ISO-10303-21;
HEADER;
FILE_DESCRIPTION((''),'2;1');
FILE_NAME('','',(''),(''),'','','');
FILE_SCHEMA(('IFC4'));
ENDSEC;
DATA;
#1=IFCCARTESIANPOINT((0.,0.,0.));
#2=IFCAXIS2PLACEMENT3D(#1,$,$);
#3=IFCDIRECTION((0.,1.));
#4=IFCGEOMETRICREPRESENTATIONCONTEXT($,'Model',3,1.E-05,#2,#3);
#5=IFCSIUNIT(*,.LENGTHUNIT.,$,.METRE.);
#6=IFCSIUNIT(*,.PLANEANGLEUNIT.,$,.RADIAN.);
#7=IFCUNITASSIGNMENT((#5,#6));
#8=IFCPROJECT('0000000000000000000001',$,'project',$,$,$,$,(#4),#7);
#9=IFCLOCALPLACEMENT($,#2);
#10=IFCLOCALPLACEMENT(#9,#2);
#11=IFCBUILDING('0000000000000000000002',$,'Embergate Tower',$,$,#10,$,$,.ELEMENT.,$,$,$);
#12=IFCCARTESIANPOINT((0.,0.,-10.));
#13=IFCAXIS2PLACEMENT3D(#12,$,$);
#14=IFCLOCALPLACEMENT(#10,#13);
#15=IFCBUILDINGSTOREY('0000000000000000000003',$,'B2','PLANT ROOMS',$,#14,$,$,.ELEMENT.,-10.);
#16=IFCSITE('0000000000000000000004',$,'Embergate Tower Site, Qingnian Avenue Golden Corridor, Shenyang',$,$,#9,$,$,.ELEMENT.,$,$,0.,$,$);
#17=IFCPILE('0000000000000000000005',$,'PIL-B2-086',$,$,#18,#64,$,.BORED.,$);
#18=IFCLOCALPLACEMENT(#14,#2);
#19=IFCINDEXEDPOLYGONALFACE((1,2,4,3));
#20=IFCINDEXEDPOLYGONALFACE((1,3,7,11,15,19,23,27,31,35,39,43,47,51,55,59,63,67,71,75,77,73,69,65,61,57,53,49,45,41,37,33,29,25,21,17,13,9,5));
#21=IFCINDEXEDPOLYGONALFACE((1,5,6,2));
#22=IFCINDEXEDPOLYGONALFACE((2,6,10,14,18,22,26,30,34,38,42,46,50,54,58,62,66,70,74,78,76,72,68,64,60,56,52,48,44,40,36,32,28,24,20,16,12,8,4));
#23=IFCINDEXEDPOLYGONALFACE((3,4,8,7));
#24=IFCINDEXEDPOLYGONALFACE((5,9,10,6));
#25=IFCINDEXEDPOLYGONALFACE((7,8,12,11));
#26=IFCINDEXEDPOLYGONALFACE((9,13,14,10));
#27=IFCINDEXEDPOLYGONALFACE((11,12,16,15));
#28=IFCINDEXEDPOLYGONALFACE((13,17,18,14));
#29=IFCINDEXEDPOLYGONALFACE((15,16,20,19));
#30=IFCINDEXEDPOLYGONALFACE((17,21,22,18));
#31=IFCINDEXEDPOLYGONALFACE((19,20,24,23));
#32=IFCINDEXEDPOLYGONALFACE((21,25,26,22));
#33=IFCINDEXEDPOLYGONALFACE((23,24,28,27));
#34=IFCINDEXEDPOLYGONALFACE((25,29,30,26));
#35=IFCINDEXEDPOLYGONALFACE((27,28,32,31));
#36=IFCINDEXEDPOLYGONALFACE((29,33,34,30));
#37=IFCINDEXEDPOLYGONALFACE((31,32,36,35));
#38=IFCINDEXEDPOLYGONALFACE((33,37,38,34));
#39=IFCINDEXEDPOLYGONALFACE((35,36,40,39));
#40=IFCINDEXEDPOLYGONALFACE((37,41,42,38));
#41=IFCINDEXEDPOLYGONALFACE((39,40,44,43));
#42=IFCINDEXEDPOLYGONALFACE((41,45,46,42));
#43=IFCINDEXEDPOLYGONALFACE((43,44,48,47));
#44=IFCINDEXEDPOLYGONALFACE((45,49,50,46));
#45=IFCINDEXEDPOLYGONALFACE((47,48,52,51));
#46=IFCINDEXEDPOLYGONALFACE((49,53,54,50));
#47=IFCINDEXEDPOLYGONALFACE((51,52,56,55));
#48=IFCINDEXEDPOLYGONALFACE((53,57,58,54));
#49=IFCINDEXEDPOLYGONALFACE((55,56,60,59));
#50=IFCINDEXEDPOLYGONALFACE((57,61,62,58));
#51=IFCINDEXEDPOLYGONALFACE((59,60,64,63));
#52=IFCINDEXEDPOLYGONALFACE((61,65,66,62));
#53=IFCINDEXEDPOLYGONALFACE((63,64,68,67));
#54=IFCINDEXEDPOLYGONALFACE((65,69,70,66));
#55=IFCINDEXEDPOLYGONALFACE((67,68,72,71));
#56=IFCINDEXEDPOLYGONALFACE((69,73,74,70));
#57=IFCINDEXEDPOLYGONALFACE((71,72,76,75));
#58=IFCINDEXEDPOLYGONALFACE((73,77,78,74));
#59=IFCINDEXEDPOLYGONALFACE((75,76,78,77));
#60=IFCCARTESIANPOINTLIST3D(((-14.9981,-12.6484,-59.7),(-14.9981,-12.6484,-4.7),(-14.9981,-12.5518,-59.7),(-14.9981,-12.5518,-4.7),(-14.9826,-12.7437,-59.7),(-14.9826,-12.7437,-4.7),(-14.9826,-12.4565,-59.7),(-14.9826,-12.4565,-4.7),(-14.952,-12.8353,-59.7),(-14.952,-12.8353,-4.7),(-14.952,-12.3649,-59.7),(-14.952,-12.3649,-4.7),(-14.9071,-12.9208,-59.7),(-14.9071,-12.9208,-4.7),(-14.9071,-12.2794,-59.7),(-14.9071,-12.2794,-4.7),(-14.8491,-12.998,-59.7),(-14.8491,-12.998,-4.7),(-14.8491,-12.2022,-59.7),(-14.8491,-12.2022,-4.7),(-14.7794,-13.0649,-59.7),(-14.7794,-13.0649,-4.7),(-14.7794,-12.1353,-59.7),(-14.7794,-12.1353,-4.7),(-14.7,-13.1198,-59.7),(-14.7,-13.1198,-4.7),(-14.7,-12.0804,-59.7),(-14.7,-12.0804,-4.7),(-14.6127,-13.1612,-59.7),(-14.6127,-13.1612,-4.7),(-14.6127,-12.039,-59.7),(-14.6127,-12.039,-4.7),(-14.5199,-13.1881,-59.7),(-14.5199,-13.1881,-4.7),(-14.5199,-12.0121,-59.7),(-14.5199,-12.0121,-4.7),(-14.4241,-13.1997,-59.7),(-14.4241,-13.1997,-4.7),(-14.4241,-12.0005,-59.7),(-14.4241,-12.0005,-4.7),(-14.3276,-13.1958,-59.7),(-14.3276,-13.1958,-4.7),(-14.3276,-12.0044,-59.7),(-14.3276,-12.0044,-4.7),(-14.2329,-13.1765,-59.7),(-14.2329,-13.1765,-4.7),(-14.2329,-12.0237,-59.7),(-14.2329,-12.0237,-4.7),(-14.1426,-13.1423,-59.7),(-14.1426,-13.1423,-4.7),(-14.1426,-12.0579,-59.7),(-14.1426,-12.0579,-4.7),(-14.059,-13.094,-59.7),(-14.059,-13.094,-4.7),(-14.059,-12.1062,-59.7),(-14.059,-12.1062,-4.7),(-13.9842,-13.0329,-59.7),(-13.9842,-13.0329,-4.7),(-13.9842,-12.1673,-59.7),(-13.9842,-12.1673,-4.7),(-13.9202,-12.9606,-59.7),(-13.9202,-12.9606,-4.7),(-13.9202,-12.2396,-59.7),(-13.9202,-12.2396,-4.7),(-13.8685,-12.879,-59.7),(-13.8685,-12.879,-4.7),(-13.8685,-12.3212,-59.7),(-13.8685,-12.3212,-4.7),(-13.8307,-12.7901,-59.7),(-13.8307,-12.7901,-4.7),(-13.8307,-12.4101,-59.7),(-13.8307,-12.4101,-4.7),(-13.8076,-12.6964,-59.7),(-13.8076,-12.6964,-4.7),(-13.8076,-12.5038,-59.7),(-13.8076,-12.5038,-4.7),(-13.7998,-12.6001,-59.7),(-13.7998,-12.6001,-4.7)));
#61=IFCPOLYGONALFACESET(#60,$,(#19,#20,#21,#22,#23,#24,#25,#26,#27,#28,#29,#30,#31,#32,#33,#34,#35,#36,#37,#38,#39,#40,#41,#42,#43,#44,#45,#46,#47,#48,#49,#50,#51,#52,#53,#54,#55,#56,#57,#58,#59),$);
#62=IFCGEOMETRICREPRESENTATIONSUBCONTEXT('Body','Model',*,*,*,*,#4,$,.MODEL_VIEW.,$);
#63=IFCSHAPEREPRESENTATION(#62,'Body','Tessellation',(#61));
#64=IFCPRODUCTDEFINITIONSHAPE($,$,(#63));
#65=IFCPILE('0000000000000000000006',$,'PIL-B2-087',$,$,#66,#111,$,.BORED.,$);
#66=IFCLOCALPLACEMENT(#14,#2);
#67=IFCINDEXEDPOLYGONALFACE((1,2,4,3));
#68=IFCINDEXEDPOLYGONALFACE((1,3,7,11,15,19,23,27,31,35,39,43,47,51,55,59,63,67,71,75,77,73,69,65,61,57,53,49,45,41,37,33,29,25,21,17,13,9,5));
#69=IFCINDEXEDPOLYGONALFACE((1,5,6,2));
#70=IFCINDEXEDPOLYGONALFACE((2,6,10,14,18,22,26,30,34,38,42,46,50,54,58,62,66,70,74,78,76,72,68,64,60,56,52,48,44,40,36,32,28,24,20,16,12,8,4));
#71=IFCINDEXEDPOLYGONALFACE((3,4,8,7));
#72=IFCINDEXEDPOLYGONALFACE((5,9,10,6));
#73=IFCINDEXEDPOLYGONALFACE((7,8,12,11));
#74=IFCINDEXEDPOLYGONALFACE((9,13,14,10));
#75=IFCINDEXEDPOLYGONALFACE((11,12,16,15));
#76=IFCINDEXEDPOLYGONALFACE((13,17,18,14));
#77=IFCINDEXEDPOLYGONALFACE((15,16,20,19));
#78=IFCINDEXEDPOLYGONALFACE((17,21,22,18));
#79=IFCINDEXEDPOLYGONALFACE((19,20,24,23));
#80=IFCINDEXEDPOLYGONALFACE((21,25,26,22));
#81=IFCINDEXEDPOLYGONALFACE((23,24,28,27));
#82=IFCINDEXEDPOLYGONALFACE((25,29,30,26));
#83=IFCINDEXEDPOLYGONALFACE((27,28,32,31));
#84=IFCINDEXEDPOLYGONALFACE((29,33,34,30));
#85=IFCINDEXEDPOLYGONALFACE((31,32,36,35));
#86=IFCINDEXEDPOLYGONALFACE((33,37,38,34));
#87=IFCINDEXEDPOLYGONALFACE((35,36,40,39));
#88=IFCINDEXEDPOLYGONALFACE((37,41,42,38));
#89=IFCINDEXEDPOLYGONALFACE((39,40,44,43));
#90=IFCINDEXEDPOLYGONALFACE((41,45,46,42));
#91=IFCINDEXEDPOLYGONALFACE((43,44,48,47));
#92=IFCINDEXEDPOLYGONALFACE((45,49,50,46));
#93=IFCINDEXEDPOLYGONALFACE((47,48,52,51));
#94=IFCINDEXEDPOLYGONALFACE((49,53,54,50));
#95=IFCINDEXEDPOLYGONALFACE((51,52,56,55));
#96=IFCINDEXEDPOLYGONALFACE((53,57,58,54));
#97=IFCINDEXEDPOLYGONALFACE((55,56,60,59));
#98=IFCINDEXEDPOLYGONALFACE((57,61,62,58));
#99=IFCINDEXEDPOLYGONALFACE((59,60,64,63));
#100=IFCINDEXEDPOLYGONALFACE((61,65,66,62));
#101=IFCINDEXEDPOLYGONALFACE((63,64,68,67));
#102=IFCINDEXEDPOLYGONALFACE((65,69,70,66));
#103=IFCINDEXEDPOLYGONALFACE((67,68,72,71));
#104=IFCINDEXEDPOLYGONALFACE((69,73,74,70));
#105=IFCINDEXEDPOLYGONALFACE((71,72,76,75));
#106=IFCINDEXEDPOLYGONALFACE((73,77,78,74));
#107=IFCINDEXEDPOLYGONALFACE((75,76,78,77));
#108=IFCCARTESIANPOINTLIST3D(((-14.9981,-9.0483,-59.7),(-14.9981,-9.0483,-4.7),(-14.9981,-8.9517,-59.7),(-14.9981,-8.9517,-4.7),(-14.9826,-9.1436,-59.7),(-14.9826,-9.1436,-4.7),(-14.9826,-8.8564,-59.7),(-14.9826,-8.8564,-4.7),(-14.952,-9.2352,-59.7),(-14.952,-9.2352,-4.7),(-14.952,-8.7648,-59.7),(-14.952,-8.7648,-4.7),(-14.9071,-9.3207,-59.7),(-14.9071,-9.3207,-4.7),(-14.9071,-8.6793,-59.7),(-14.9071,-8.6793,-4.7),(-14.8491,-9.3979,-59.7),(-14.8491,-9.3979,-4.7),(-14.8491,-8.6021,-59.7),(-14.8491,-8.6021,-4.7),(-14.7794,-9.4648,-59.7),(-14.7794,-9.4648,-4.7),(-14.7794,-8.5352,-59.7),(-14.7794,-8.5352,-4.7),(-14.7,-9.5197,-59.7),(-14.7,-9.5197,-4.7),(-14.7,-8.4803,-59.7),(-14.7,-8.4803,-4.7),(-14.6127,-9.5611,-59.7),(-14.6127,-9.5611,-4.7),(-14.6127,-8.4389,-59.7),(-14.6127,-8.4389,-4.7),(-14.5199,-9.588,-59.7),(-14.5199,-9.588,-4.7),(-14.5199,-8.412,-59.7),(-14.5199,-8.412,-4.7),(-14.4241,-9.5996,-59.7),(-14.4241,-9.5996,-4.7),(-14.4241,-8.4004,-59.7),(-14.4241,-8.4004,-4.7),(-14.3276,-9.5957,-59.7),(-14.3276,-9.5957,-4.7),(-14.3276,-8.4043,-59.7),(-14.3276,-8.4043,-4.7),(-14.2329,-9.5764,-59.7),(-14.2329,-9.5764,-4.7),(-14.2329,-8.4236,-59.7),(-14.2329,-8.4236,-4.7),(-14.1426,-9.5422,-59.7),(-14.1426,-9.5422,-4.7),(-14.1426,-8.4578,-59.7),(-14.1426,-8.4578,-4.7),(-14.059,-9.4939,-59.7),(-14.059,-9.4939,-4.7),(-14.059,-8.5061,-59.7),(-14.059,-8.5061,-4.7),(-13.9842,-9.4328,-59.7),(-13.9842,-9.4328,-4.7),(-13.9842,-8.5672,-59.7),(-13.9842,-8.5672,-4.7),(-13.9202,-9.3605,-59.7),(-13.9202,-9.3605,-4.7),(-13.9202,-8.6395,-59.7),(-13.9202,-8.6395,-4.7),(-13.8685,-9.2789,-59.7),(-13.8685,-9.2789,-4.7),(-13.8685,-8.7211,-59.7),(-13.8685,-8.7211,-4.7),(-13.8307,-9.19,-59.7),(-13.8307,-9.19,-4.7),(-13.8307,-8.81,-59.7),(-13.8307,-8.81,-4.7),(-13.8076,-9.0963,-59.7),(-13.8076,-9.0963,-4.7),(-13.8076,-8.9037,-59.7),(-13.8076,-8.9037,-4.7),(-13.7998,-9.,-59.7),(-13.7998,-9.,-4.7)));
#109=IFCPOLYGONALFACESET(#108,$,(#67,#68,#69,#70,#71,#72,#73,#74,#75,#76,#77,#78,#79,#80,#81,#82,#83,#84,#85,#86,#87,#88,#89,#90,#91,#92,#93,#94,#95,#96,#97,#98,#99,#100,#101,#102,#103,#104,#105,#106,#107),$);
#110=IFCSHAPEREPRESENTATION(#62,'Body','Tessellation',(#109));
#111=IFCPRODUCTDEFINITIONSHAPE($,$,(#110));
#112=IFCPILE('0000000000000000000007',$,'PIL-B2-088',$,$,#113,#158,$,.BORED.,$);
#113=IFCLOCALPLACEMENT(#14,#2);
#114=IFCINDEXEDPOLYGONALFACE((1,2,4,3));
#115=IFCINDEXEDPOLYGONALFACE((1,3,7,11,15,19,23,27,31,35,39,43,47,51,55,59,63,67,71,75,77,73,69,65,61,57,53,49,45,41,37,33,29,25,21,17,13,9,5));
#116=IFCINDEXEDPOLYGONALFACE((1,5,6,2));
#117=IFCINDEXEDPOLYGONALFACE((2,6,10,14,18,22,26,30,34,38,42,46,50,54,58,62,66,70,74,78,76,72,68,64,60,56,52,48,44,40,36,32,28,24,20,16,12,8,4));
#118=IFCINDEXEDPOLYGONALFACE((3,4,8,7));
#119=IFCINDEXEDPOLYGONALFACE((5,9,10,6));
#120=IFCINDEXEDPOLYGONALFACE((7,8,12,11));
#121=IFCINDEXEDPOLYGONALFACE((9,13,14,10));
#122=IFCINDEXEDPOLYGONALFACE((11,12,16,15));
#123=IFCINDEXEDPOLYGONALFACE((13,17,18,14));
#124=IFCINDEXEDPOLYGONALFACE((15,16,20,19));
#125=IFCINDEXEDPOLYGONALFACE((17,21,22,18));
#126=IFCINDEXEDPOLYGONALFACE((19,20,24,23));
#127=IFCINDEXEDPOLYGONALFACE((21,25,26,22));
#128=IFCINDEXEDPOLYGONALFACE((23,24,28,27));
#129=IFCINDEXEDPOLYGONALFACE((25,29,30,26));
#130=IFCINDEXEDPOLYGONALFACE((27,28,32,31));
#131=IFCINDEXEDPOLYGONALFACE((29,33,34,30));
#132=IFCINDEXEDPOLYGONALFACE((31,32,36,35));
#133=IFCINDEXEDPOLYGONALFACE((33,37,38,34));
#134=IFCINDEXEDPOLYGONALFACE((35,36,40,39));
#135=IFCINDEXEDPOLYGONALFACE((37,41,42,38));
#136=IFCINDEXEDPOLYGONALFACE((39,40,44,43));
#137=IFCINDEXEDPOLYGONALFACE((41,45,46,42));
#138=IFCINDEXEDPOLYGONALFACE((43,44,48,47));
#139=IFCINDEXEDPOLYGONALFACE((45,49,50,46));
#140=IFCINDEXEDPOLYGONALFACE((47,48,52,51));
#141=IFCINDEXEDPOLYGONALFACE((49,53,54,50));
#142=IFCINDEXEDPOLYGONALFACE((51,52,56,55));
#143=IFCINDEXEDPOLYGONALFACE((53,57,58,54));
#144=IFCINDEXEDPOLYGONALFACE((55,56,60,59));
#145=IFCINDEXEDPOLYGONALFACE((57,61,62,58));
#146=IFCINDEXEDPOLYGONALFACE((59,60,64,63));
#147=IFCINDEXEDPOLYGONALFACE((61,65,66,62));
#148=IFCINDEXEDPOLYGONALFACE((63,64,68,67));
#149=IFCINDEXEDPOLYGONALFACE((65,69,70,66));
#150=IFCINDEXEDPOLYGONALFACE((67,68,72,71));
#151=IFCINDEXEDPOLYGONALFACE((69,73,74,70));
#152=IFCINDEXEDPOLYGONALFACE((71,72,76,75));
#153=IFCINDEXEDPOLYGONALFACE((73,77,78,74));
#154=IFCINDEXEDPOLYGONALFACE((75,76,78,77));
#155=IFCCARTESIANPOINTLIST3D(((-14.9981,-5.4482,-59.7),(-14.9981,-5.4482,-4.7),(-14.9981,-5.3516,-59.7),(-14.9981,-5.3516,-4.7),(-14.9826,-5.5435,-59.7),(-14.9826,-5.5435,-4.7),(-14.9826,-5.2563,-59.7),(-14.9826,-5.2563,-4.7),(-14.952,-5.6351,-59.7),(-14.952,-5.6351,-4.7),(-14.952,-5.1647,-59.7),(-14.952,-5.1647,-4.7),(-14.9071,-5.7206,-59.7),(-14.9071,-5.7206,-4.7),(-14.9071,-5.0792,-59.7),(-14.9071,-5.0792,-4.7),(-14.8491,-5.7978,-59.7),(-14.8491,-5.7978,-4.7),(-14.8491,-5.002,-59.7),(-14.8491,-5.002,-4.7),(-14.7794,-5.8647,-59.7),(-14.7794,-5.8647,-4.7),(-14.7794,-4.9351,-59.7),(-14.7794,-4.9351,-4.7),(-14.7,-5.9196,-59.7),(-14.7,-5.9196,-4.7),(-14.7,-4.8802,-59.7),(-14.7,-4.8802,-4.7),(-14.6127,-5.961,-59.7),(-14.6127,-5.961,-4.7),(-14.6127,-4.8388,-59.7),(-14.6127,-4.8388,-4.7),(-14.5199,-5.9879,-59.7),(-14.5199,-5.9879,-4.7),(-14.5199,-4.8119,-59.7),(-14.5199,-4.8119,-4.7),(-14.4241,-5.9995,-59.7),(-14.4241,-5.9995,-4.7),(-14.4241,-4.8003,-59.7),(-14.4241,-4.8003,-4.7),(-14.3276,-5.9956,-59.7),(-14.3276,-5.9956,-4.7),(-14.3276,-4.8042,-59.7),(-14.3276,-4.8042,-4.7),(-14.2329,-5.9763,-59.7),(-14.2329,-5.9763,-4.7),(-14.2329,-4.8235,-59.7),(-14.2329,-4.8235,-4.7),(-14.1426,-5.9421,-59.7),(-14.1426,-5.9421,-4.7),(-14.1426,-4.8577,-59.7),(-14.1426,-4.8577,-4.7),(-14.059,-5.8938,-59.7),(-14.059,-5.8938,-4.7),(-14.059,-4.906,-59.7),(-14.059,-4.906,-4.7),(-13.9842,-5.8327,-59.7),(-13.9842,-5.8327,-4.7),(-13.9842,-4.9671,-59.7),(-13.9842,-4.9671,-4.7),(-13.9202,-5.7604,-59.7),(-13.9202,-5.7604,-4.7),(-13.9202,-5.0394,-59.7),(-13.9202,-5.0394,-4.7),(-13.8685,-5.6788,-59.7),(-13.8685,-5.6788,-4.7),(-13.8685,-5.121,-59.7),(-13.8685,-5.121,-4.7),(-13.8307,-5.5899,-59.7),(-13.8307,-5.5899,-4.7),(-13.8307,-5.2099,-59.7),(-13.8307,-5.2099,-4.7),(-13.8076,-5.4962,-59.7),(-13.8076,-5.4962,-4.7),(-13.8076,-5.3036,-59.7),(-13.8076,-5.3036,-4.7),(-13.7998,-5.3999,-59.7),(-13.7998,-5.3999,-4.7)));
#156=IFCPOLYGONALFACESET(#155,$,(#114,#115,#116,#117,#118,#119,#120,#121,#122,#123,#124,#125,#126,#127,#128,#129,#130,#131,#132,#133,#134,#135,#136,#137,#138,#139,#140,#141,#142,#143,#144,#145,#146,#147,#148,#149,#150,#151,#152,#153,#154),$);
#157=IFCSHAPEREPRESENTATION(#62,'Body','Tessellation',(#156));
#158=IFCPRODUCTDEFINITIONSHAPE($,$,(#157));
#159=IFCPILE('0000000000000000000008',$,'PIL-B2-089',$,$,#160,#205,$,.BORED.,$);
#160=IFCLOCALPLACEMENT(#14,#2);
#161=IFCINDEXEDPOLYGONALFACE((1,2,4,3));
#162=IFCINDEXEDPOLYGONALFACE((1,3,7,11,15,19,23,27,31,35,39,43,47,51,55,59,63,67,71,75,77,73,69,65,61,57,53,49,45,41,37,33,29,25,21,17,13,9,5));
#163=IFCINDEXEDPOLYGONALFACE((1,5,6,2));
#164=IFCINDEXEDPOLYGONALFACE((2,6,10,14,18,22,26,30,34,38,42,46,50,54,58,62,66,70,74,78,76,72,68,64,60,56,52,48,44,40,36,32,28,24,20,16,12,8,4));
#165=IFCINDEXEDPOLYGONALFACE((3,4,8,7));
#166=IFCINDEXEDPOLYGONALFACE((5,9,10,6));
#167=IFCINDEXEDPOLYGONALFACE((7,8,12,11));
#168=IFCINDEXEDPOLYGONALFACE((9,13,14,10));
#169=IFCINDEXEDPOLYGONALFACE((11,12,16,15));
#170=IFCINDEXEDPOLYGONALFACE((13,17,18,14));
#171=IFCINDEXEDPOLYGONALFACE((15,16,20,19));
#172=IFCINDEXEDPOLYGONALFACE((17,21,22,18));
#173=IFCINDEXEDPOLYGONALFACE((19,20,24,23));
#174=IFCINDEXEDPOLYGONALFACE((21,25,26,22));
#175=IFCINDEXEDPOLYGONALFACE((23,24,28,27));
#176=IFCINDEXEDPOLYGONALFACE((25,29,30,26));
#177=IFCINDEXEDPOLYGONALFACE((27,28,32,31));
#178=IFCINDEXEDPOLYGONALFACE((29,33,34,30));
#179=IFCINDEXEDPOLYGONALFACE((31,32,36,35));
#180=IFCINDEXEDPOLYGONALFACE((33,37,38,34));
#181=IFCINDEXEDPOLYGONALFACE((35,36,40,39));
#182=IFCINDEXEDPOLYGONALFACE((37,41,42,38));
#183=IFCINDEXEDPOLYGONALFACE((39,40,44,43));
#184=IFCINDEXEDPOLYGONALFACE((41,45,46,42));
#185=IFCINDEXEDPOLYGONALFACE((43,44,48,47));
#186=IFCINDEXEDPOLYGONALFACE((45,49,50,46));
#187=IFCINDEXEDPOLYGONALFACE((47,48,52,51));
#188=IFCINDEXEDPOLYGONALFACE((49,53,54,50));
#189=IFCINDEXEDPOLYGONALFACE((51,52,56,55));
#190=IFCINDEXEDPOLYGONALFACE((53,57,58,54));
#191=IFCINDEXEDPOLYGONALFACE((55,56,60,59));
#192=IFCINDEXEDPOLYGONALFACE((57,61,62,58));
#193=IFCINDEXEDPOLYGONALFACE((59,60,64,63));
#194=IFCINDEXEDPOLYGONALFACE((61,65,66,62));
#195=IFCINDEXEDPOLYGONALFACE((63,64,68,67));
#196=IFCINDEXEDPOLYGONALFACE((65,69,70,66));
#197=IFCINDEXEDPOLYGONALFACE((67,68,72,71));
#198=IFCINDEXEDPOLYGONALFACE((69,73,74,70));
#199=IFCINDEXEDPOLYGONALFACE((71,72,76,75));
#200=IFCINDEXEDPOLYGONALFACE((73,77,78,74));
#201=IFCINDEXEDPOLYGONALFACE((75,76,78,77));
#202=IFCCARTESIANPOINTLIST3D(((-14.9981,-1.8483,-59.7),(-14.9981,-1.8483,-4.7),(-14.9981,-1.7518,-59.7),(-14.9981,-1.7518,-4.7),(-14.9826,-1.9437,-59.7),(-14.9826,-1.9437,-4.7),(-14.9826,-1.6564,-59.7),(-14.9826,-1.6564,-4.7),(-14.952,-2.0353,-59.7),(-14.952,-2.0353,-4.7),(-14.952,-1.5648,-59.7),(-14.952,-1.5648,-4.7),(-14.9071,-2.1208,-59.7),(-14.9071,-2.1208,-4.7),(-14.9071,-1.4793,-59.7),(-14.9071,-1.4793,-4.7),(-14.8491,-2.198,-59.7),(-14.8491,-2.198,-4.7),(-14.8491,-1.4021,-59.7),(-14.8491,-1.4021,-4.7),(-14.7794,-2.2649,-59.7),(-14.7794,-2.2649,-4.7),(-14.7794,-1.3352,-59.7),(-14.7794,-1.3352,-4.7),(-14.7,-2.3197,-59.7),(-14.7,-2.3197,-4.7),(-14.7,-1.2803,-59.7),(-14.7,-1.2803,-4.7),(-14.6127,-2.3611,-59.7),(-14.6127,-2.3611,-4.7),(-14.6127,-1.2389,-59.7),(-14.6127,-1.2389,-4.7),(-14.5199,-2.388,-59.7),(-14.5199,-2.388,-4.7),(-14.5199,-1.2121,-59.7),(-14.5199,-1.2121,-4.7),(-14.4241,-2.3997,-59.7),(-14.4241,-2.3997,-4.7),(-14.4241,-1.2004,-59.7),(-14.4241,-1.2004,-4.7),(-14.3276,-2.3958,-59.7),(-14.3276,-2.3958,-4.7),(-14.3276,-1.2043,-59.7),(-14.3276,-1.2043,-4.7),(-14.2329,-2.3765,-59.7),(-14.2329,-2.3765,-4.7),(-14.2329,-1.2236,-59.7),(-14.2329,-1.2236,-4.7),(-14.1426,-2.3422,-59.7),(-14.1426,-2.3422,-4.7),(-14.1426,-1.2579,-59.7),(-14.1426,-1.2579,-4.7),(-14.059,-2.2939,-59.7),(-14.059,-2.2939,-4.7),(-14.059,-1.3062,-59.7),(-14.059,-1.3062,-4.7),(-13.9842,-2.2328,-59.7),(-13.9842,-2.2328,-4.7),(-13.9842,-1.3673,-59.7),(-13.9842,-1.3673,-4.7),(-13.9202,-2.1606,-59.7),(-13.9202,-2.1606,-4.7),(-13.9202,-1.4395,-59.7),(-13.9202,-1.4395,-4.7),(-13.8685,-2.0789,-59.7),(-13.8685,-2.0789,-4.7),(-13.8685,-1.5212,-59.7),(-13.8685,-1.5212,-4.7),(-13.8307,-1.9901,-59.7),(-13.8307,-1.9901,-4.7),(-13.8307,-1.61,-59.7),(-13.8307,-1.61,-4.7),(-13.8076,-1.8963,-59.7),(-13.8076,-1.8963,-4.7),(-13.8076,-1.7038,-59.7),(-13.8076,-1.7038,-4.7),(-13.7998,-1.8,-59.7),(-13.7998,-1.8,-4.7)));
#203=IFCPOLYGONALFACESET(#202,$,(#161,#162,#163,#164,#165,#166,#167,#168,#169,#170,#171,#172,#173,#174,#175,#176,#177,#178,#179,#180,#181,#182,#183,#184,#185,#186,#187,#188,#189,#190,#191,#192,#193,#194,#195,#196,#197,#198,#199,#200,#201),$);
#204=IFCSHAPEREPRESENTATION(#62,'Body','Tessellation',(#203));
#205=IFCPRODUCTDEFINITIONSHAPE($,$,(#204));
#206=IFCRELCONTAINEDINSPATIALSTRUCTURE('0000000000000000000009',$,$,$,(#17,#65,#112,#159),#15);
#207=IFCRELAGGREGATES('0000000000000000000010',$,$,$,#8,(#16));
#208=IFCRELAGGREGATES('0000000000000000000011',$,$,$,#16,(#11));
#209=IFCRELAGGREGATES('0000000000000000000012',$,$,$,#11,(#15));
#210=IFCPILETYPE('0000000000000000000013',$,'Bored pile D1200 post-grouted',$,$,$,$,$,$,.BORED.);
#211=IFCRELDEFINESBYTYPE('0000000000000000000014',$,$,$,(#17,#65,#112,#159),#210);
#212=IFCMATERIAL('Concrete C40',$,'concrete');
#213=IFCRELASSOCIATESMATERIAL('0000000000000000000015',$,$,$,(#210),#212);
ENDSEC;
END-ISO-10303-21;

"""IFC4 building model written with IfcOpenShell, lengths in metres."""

from ifc_helpers import new_model, si_unit, direction, frame, origin, origin_2d, place, context, subcontext, project, spatial, circle, extrude, source, transform, mapped, material, material_profile, profile_set, type_object, element, save


model = new_model("IFC4")

# Units and contexts
model_context = context("Model", 3, precision=1e-05, world=origin(), true_north=direction((0.0, 1.0)))
body_context = subcontext(model_context, "Body", "Model", "MODEL_VIEW")
ifc_project = project(units=[si_unit("LENGTHUNIT", "METRE"), si_unit("PLANEANGLEUNIT", "RADIAN")], contexts=[model_context])

# Site, building, storey
site_placement = place(None, origin())
site = spatial("IfcSite", under=ifc_project, at=site_placement, Name="Embergate Tower Site, Qingnian Avenue Golden Corridor, Shenyang", CompositionType="ELEMENT", RefElevation=0.0)
building_placement = place(site_placement, origin())
building = spatial("IfcBuilding", under=site, at=building_placement, Name="Embergate Tower", CompositionType="ELEMENT")
storey_placement = place(building_placement, frame((0.0, 0.0, -10.0)))
storey = spatial("IfcBuildingStorey", under=building, at=storey_placement, Name="B2", Description="PLANT ROOMS", CompositionType="ELEMENT", Elevation=-10.0)

# Piles
ifc_material_1 = material(Name="Concrete C40", Category="concrete")
ifc_material_profile = material_profile(ifc_material_1, circle(Radius=0.6001, at=origin_2d()), Name="D1200")
ifc_profile_set = profile_set([ifc_material_profile], Name="Concrete C40")
pile_type = type_object("IfcPileType", Name="Bored pile D1200 post-grouted", PredefinedType="BORED", material=ifc_profile_set)
shared_shape_1 = source(origin(), body_context, "Body", "SweptSolid", [
    extrude(circle(Radius=0.6001, at=origin_2d()), origin(), (0.0, 0.0, 1.0), 55.0),
])
for number, where, z_axis, x_axis, name in (
    (1, (-14.3999, -12.6001, -4.7), (0.0, 0.0, -1.0), (1.0, 0.0, 0.0), "PIL-B2-086"),
    (2, (-14.3999, -9.0, -4.7), (0.0, 0.0, -1.0), (1.0, 0.0, 0.0), "PIL-B2-087"),
    (3, (-14.3999, -5.3999, -4.7), (0.0, 0.0, -1.0), (1.0, 0.0, 0.0), "PIL-B2-088"),
    (4, (-14.3999, -1.8, -4.7), (0.0, 0.0, -1.0), (1.0, 0.0, 0.0), "PIL-B2-089"),
):
    element("IfcPile", number, at=place(storey_placement, frame(where, z_axis=z_axis, x_axis=x_axis)), inside=storey, type_object=pile_type, Name=name, PredefinedType="BORED", context=body_context, shape_type="MappedRepresentation", body=[
        mapped(shared_shape_1, transform((0.0, 0.0, 0.0))),
    ])

save(model, "model.ifc")
